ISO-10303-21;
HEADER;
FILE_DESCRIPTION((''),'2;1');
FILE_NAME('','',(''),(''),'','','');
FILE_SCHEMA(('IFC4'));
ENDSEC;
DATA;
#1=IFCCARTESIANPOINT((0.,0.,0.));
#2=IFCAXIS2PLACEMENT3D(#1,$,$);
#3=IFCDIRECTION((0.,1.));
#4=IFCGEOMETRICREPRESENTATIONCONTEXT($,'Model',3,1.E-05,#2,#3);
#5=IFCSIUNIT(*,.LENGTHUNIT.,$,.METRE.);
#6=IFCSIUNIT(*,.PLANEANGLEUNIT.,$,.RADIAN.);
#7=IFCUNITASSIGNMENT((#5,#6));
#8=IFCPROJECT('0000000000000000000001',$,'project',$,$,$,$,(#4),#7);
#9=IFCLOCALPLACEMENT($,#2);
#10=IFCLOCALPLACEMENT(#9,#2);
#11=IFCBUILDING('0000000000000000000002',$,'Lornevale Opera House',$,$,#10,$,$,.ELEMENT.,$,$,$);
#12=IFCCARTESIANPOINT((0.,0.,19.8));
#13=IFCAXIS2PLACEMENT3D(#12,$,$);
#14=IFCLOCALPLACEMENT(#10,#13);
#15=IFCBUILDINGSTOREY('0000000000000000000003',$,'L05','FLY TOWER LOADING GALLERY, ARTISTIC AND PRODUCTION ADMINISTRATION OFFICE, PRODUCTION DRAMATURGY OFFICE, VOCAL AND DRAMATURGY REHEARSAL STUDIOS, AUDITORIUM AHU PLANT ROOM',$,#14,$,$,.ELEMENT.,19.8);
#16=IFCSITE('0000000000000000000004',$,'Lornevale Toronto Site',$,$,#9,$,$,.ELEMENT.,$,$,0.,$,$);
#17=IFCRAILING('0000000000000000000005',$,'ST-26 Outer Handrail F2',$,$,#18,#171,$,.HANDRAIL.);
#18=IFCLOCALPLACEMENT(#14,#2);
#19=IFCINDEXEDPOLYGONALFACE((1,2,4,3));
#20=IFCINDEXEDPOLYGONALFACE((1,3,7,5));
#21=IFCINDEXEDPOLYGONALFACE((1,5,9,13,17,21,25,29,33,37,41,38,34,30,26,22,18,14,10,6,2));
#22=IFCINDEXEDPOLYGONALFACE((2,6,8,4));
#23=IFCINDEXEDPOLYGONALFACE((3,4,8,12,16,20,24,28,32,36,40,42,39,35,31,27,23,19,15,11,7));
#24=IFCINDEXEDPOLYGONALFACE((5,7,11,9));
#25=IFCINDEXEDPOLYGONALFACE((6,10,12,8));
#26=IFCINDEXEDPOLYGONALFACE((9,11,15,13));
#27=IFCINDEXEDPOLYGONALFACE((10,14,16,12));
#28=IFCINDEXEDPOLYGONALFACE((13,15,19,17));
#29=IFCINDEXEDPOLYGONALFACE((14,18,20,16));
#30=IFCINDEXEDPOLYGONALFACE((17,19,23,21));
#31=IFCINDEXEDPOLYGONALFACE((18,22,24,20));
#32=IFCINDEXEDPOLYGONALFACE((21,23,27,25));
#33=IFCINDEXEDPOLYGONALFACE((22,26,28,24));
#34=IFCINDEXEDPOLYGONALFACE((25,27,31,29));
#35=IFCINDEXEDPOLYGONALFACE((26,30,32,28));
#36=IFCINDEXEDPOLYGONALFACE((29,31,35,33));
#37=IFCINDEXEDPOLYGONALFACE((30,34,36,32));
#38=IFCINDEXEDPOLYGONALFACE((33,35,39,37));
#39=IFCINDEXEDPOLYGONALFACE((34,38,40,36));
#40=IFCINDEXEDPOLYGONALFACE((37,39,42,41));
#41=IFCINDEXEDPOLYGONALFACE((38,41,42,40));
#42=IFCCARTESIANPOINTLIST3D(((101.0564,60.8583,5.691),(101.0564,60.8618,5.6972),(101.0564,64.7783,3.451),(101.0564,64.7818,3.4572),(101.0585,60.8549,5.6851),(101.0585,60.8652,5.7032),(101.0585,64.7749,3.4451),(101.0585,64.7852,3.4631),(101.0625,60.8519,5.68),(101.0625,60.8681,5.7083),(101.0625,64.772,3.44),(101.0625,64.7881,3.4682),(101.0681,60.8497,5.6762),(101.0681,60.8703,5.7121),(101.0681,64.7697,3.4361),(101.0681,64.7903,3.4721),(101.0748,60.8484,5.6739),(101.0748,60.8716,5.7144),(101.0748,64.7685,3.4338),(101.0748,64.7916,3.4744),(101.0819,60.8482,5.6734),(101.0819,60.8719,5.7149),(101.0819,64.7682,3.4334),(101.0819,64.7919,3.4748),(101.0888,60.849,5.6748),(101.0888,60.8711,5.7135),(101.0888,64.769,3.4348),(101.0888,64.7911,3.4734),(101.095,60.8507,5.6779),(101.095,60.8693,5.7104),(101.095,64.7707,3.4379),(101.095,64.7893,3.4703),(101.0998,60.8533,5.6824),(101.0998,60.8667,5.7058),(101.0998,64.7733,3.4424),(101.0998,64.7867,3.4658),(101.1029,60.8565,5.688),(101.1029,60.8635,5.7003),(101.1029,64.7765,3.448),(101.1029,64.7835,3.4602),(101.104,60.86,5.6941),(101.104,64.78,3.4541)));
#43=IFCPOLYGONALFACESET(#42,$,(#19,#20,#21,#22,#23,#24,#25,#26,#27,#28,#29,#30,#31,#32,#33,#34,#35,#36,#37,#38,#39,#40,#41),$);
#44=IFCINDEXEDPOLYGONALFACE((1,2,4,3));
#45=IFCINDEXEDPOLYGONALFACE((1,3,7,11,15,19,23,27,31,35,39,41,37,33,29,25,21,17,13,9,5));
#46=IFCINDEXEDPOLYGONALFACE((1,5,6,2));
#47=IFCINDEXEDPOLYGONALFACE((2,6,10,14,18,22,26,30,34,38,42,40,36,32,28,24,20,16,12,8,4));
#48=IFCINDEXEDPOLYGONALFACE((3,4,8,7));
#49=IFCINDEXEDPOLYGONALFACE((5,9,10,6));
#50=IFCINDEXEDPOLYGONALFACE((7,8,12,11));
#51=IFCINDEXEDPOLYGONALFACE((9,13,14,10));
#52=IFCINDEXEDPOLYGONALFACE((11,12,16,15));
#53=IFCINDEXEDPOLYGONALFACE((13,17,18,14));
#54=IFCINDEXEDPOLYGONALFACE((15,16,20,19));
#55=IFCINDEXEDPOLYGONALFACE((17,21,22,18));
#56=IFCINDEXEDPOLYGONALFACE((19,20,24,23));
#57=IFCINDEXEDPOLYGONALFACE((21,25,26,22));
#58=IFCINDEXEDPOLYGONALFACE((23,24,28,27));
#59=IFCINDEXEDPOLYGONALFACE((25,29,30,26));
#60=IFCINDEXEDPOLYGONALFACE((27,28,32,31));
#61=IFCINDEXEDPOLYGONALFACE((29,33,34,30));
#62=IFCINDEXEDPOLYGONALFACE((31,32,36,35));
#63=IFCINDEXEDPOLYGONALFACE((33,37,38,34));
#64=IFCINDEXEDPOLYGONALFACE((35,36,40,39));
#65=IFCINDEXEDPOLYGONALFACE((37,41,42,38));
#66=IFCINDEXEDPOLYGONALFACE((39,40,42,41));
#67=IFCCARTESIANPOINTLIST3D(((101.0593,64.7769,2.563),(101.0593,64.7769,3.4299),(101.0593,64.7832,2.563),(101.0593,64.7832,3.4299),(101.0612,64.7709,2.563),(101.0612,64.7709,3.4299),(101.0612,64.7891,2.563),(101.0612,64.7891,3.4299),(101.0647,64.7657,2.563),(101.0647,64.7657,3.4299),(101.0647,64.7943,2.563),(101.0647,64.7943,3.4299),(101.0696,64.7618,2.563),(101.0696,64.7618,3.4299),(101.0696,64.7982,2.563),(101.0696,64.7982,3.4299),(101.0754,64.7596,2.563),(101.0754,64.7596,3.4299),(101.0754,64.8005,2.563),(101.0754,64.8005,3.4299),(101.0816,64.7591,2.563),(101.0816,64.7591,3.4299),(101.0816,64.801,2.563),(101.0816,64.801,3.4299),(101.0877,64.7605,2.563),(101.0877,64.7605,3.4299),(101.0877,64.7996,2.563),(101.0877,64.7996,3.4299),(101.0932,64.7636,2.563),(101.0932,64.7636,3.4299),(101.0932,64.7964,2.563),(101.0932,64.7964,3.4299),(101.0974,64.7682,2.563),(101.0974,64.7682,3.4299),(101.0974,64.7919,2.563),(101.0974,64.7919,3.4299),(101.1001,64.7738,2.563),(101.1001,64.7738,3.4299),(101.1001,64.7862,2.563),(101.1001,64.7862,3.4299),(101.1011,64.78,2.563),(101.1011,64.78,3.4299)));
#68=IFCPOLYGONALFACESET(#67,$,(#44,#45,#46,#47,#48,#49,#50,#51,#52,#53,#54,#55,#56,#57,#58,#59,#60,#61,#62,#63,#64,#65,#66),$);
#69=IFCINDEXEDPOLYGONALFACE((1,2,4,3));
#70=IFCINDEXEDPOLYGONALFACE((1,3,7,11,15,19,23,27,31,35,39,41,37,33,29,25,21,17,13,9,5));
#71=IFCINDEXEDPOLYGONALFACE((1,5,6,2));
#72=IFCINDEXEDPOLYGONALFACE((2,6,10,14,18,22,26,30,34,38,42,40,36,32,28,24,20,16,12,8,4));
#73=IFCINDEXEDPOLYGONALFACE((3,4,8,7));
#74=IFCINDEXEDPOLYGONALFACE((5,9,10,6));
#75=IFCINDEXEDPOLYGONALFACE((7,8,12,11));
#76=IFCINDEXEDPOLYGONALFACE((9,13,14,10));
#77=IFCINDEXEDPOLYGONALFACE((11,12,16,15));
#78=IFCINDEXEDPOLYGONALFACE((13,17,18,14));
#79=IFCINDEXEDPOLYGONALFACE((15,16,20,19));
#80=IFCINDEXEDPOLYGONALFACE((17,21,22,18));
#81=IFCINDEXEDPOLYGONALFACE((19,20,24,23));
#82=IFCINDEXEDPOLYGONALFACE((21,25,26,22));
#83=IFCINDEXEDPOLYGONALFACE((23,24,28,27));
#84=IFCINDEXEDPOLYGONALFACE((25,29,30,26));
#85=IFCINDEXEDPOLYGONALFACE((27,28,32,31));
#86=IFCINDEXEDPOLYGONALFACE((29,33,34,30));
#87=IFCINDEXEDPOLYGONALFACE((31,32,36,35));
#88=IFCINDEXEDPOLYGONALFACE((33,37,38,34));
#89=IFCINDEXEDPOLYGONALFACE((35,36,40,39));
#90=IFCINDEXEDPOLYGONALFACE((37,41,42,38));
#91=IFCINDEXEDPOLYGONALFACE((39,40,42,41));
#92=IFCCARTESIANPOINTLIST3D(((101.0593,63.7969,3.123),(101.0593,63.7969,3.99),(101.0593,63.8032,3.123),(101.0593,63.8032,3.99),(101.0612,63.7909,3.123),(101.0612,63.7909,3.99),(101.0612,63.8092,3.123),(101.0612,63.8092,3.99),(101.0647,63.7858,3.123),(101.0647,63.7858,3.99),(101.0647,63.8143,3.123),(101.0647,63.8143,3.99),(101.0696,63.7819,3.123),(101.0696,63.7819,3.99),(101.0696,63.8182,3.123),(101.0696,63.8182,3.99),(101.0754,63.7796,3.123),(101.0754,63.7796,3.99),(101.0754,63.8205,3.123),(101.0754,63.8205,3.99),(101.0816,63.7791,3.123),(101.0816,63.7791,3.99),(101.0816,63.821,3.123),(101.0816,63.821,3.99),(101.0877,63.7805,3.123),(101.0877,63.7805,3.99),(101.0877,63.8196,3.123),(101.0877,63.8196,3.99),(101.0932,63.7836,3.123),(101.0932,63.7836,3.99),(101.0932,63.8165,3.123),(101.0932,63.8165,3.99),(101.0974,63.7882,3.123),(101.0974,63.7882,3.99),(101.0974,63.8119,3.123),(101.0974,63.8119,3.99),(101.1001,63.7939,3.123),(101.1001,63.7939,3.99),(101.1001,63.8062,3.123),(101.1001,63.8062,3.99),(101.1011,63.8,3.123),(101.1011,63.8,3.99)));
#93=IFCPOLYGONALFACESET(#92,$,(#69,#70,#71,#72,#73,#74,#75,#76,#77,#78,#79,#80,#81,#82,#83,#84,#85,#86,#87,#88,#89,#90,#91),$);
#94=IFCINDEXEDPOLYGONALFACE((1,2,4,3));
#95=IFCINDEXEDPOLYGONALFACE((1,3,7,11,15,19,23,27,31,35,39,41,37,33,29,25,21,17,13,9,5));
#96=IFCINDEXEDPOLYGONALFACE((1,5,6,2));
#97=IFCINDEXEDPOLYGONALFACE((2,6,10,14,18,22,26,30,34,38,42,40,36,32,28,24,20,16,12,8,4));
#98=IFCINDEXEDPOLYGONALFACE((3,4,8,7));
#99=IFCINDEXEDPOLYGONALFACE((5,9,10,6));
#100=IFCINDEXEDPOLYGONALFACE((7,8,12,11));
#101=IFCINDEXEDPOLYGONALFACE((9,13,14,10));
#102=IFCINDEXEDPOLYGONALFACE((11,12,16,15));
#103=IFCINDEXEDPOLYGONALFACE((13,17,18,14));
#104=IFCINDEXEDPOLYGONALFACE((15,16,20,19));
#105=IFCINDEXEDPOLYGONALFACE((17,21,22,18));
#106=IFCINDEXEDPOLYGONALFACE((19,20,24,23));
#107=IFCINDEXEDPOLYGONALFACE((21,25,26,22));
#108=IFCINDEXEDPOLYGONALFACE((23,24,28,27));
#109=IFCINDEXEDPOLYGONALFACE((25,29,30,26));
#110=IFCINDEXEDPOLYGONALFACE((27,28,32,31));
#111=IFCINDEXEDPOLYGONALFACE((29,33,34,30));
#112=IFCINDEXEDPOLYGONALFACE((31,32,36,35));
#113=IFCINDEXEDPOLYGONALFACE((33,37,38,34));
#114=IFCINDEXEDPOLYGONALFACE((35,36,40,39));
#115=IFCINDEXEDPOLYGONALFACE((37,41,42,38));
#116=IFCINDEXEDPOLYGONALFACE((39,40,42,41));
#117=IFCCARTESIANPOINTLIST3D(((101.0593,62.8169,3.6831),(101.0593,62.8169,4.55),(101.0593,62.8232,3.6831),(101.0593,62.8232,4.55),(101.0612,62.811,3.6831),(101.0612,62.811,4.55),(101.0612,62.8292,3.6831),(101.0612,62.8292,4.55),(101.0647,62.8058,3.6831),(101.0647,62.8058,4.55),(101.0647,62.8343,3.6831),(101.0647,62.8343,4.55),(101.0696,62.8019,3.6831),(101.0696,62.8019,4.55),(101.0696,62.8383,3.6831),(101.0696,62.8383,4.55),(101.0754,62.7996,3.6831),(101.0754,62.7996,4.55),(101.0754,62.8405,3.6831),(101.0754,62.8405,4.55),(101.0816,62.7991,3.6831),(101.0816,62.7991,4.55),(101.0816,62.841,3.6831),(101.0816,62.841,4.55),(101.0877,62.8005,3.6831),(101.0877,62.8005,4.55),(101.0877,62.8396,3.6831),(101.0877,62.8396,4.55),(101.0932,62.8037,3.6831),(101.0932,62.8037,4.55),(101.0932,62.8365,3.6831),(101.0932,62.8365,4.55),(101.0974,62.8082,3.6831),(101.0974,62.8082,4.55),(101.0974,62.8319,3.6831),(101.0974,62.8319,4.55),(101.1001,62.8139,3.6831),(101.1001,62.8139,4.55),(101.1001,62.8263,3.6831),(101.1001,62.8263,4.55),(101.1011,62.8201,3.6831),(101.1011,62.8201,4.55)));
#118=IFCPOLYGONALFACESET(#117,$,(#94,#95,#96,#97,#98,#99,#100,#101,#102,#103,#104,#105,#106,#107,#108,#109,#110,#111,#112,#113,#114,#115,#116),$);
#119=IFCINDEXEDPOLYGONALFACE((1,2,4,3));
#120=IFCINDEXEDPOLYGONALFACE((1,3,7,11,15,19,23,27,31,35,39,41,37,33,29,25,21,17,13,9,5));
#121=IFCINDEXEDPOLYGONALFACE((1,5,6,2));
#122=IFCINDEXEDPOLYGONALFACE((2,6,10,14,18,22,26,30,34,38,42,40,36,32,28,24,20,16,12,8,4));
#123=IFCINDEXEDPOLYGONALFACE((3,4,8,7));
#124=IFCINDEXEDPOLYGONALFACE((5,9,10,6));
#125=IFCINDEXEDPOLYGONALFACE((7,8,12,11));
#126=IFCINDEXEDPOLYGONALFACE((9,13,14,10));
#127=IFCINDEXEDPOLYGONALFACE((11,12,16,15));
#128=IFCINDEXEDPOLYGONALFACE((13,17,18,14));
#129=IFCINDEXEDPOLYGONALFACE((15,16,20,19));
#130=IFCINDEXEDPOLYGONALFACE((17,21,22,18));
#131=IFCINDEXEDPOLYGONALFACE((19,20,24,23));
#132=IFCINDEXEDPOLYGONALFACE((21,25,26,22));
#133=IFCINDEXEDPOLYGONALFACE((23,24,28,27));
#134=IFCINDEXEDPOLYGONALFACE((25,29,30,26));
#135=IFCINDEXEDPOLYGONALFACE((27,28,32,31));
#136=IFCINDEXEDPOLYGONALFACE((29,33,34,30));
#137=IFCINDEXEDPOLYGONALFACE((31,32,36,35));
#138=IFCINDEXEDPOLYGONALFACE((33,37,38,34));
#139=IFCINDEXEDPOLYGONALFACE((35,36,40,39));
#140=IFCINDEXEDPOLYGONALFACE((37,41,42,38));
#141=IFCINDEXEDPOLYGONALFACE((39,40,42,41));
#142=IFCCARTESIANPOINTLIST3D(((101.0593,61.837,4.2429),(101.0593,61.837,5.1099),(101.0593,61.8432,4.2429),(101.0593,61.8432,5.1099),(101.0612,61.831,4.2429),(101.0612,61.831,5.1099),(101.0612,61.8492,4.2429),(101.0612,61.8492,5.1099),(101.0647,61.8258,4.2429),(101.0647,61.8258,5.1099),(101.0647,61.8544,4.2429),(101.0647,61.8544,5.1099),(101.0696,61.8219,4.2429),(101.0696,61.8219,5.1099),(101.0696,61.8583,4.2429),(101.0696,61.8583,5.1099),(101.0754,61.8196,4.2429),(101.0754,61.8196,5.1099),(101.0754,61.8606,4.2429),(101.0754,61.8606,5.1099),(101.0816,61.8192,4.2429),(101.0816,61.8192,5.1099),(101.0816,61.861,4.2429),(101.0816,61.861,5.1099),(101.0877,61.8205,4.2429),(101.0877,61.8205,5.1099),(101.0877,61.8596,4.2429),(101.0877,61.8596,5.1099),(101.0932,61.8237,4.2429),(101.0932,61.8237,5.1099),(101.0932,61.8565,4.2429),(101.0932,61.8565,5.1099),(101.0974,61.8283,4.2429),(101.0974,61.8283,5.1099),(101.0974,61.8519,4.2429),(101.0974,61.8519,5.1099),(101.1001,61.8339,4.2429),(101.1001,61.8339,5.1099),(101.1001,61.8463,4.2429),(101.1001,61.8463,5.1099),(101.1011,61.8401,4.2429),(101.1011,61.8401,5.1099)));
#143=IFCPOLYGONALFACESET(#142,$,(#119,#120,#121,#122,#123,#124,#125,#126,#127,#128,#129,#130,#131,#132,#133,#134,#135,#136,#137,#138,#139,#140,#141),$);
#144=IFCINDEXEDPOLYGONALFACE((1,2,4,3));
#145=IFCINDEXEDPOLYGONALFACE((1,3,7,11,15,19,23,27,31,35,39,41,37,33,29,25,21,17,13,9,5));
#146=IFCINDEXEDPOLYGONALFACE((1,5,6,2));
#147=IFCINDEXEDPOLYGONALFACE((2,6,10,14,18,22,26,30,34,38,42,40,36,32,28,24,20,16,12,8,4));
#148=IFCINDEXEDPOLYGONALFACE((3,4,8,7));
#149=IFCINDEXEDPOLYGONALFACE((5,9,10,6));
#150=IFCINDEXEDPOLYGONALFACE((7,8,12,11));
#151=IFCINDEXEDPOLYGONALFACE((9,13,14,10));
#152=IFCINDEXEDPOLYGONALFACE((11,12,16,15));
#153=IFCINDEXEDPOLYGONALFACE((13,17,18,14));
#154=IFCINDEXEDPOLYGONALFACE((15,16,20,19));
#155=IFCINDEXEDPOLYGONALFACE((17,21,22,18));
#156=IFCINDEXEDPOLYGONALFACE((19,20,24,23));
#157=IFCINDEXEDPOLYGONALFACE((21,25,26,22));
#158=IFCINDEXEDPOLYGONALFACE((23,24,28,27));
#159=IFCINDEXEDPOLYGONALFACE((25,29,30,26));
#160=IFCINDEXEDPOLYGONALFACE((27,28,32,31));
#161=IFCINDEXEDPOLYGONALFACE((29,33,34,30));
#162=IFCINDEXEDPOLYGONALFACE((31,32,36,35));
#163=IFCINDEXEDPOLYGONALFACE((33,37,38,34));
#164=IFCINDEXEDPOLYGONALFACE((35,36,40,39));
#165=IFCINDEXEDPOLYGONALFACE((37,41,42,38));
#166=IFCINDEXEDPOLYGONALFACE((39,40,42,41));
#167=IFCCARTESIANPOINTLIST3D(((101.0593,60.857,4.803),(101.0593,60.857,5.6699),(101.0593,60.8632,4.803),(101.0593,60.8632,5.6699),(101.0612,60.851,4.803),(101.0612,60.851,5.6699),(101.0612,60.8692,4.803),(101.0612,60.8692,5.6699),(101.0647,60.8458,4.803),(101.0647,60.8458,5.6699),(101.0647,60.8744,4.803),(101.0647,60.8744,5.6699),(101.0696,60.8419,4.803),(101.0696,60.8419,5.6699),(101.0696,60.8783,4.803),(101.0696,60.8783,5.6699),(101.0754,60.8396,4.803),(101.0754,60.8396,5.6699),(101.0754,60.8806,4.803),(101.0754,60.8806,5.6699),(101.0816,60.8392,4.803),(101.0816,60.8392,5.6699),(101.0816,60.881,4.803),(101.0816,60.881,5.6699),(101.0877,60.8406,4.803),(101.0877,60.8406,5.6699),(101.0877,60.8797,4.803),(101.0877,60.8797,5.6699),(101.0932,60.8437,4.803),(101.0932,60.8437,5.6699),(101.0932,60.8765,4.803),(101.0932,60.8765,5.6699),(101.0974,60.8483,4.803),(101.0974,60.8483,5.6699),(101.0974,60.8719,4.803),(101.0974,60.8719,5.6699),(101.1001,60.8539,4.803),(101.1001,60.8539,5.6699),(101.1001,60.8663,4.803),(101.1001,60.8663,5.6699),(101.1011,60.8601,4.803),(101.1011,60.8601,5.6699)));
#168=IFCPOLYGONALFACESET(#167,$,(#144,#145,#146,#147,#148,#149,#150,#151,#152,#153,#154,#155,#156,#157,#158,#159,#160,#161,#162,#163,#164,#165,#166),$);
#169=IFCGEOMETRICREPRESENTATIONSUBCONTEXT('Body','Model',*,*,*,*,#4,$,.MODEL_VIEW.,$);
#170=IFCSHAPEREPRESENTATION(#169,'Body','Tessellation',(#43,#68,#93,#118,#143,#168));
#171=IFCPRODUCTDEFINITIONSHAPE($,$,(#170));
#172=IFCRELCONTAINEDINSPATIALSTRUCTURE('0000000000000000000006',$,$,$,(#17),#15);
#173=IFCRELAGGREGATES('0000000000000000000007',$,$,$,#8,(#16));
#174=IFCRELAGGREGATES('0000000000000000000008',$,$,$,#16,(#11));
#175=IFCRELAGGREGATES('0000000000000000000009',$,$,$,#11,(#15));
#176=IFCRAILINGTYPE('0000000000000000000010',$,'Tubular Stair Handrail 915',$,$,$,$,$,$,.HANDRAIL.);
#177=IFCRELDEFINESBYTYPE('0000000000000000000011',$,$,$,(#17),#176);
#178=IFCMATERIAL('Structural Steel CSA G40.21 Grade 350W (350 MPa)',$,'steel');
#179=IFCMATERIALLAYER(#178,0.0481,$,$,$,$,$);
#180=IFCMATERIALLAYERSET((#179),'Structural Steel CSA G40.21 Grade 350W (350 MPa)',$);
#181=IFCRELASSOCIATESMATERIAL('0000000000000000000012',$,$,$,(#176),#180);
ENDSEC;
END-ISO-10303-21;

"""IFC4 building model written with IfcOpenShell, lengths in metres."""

from ifc_helpers import new_model, si_unit, direction, frame, origin, origin_2d, place, context, subcontext, project, spatial, circle, extrude, material, layer, layer_set, type_object, element, save


model = new_model("IFC4")

# Units and contexts
model_context = context("Model", 3, precision=1e-05, world=origin(), true_north=direction((0.0, 1.0)))
body_context = subcontext(model_context, "Body", "Model", "MODEL_VIEW")
ifc_project = project(units=[si_unit("LENGTHUNIT", "METRE"), si_unit("PLANEANGLEUNIT", "RADIAN")], contexts=[model_context])

# Site, building, storey
site_placement = place(None, origin())
site = spatial("IfcSite", under=ifc_project, at=site_placement, Name="Lornevale Toronto Site", CompositionType="ELEMENT", RefElevation=0.0)
building_placement = place(site_placement, origin())
building = spatial("IfcBuilding", under=site, at=building_placement, Name="Lornevale Opera House", CompositionType="ELEMENT")
storey_placement = place(building_placement, frame((0.0, 0.0, 19.8)))
storey = spatial("IfcBuildingStorey", under=building, at=storey_placement, Name="L05", Description="FLY TOWER LOADING GALLERY, ARTISTIC AND PRODUCTION ADMINISTRATION OFFICE, PRODUCTION DRAMATURGY OFFICE, VOCAL AND DRAMATURGY REHEARSAL STUDIOS, AUDITORIUM AHU PLANT ROOM", CompositionType="ELEMENT", Elevation=19.8)

# Shared definitions
ifc_material_1 = material(Name="Structural Steel CSA G40.21 Grade 350W (350 MPa)", Category="steel")

# Railing
ifc_layer_1 = layer(ifc_material_1, 0.0481)
ifc_layer_set_1 = layer_set([ifc_layer_1], Name="Structural Steel CSA G40.21 Grade 350W (350 MPa)")
railing_type_1 = type_object("IfcRailingType", Name="Tubular Stair Handrail 915", PredefinedType="HANDRAIL", material=ifc_layer_set_1)
railing_1_placement = place(storey_placement, frame((101.0801, 64.78, 2.563)))
element("IfcRailing", 1, at=railing_1_placement, inside=storey, type_object=railing_type_1, Name="ST-26 Outer Handrail F2", PredefinedType="HANDRAIL", context=body_context, shape_type="SweptSolid", body=[
    extrude(circle(Radius=0.0239, at=origin_2d()), frame((0.0, 0.0, 0.8911), z_axis=(0.0, -0.86824, 0.496145), x_axis=(1.0, 0.0, 0.0)), (0.0, 0.0, 1.0), 4.5149),
    extrude(circle(Radius=0.021, at=origin_2d()), origin(), (0.0, 0.0, 1.0), 0.8669),
    extrude(circle(Radius=0.021, at=origin_2d()), frame((0.0, -0.98, 0.5601)), (0.0, 0.0, 1.0), 0.8669),
    extrude(circle(Radius=0.021, at=origin_2d()), frame((0.0, -1.96, 1.1201)), (0.0, 0.0, 1.0), 0.8669),
    extrude(circle(Radius=0.021, at=origin_2d()), frame((0.0, -2.9399, 1.6799)), (0.0, 0.0, 1.0), 0.8669),
    extrude(circle(Radius=0.021, at=origin_2d()), frame((0.0, -3.9199, 2.24)), (0.0, 0.0, 1.0), 0.8669),
])

save(model, "model.ifc")
